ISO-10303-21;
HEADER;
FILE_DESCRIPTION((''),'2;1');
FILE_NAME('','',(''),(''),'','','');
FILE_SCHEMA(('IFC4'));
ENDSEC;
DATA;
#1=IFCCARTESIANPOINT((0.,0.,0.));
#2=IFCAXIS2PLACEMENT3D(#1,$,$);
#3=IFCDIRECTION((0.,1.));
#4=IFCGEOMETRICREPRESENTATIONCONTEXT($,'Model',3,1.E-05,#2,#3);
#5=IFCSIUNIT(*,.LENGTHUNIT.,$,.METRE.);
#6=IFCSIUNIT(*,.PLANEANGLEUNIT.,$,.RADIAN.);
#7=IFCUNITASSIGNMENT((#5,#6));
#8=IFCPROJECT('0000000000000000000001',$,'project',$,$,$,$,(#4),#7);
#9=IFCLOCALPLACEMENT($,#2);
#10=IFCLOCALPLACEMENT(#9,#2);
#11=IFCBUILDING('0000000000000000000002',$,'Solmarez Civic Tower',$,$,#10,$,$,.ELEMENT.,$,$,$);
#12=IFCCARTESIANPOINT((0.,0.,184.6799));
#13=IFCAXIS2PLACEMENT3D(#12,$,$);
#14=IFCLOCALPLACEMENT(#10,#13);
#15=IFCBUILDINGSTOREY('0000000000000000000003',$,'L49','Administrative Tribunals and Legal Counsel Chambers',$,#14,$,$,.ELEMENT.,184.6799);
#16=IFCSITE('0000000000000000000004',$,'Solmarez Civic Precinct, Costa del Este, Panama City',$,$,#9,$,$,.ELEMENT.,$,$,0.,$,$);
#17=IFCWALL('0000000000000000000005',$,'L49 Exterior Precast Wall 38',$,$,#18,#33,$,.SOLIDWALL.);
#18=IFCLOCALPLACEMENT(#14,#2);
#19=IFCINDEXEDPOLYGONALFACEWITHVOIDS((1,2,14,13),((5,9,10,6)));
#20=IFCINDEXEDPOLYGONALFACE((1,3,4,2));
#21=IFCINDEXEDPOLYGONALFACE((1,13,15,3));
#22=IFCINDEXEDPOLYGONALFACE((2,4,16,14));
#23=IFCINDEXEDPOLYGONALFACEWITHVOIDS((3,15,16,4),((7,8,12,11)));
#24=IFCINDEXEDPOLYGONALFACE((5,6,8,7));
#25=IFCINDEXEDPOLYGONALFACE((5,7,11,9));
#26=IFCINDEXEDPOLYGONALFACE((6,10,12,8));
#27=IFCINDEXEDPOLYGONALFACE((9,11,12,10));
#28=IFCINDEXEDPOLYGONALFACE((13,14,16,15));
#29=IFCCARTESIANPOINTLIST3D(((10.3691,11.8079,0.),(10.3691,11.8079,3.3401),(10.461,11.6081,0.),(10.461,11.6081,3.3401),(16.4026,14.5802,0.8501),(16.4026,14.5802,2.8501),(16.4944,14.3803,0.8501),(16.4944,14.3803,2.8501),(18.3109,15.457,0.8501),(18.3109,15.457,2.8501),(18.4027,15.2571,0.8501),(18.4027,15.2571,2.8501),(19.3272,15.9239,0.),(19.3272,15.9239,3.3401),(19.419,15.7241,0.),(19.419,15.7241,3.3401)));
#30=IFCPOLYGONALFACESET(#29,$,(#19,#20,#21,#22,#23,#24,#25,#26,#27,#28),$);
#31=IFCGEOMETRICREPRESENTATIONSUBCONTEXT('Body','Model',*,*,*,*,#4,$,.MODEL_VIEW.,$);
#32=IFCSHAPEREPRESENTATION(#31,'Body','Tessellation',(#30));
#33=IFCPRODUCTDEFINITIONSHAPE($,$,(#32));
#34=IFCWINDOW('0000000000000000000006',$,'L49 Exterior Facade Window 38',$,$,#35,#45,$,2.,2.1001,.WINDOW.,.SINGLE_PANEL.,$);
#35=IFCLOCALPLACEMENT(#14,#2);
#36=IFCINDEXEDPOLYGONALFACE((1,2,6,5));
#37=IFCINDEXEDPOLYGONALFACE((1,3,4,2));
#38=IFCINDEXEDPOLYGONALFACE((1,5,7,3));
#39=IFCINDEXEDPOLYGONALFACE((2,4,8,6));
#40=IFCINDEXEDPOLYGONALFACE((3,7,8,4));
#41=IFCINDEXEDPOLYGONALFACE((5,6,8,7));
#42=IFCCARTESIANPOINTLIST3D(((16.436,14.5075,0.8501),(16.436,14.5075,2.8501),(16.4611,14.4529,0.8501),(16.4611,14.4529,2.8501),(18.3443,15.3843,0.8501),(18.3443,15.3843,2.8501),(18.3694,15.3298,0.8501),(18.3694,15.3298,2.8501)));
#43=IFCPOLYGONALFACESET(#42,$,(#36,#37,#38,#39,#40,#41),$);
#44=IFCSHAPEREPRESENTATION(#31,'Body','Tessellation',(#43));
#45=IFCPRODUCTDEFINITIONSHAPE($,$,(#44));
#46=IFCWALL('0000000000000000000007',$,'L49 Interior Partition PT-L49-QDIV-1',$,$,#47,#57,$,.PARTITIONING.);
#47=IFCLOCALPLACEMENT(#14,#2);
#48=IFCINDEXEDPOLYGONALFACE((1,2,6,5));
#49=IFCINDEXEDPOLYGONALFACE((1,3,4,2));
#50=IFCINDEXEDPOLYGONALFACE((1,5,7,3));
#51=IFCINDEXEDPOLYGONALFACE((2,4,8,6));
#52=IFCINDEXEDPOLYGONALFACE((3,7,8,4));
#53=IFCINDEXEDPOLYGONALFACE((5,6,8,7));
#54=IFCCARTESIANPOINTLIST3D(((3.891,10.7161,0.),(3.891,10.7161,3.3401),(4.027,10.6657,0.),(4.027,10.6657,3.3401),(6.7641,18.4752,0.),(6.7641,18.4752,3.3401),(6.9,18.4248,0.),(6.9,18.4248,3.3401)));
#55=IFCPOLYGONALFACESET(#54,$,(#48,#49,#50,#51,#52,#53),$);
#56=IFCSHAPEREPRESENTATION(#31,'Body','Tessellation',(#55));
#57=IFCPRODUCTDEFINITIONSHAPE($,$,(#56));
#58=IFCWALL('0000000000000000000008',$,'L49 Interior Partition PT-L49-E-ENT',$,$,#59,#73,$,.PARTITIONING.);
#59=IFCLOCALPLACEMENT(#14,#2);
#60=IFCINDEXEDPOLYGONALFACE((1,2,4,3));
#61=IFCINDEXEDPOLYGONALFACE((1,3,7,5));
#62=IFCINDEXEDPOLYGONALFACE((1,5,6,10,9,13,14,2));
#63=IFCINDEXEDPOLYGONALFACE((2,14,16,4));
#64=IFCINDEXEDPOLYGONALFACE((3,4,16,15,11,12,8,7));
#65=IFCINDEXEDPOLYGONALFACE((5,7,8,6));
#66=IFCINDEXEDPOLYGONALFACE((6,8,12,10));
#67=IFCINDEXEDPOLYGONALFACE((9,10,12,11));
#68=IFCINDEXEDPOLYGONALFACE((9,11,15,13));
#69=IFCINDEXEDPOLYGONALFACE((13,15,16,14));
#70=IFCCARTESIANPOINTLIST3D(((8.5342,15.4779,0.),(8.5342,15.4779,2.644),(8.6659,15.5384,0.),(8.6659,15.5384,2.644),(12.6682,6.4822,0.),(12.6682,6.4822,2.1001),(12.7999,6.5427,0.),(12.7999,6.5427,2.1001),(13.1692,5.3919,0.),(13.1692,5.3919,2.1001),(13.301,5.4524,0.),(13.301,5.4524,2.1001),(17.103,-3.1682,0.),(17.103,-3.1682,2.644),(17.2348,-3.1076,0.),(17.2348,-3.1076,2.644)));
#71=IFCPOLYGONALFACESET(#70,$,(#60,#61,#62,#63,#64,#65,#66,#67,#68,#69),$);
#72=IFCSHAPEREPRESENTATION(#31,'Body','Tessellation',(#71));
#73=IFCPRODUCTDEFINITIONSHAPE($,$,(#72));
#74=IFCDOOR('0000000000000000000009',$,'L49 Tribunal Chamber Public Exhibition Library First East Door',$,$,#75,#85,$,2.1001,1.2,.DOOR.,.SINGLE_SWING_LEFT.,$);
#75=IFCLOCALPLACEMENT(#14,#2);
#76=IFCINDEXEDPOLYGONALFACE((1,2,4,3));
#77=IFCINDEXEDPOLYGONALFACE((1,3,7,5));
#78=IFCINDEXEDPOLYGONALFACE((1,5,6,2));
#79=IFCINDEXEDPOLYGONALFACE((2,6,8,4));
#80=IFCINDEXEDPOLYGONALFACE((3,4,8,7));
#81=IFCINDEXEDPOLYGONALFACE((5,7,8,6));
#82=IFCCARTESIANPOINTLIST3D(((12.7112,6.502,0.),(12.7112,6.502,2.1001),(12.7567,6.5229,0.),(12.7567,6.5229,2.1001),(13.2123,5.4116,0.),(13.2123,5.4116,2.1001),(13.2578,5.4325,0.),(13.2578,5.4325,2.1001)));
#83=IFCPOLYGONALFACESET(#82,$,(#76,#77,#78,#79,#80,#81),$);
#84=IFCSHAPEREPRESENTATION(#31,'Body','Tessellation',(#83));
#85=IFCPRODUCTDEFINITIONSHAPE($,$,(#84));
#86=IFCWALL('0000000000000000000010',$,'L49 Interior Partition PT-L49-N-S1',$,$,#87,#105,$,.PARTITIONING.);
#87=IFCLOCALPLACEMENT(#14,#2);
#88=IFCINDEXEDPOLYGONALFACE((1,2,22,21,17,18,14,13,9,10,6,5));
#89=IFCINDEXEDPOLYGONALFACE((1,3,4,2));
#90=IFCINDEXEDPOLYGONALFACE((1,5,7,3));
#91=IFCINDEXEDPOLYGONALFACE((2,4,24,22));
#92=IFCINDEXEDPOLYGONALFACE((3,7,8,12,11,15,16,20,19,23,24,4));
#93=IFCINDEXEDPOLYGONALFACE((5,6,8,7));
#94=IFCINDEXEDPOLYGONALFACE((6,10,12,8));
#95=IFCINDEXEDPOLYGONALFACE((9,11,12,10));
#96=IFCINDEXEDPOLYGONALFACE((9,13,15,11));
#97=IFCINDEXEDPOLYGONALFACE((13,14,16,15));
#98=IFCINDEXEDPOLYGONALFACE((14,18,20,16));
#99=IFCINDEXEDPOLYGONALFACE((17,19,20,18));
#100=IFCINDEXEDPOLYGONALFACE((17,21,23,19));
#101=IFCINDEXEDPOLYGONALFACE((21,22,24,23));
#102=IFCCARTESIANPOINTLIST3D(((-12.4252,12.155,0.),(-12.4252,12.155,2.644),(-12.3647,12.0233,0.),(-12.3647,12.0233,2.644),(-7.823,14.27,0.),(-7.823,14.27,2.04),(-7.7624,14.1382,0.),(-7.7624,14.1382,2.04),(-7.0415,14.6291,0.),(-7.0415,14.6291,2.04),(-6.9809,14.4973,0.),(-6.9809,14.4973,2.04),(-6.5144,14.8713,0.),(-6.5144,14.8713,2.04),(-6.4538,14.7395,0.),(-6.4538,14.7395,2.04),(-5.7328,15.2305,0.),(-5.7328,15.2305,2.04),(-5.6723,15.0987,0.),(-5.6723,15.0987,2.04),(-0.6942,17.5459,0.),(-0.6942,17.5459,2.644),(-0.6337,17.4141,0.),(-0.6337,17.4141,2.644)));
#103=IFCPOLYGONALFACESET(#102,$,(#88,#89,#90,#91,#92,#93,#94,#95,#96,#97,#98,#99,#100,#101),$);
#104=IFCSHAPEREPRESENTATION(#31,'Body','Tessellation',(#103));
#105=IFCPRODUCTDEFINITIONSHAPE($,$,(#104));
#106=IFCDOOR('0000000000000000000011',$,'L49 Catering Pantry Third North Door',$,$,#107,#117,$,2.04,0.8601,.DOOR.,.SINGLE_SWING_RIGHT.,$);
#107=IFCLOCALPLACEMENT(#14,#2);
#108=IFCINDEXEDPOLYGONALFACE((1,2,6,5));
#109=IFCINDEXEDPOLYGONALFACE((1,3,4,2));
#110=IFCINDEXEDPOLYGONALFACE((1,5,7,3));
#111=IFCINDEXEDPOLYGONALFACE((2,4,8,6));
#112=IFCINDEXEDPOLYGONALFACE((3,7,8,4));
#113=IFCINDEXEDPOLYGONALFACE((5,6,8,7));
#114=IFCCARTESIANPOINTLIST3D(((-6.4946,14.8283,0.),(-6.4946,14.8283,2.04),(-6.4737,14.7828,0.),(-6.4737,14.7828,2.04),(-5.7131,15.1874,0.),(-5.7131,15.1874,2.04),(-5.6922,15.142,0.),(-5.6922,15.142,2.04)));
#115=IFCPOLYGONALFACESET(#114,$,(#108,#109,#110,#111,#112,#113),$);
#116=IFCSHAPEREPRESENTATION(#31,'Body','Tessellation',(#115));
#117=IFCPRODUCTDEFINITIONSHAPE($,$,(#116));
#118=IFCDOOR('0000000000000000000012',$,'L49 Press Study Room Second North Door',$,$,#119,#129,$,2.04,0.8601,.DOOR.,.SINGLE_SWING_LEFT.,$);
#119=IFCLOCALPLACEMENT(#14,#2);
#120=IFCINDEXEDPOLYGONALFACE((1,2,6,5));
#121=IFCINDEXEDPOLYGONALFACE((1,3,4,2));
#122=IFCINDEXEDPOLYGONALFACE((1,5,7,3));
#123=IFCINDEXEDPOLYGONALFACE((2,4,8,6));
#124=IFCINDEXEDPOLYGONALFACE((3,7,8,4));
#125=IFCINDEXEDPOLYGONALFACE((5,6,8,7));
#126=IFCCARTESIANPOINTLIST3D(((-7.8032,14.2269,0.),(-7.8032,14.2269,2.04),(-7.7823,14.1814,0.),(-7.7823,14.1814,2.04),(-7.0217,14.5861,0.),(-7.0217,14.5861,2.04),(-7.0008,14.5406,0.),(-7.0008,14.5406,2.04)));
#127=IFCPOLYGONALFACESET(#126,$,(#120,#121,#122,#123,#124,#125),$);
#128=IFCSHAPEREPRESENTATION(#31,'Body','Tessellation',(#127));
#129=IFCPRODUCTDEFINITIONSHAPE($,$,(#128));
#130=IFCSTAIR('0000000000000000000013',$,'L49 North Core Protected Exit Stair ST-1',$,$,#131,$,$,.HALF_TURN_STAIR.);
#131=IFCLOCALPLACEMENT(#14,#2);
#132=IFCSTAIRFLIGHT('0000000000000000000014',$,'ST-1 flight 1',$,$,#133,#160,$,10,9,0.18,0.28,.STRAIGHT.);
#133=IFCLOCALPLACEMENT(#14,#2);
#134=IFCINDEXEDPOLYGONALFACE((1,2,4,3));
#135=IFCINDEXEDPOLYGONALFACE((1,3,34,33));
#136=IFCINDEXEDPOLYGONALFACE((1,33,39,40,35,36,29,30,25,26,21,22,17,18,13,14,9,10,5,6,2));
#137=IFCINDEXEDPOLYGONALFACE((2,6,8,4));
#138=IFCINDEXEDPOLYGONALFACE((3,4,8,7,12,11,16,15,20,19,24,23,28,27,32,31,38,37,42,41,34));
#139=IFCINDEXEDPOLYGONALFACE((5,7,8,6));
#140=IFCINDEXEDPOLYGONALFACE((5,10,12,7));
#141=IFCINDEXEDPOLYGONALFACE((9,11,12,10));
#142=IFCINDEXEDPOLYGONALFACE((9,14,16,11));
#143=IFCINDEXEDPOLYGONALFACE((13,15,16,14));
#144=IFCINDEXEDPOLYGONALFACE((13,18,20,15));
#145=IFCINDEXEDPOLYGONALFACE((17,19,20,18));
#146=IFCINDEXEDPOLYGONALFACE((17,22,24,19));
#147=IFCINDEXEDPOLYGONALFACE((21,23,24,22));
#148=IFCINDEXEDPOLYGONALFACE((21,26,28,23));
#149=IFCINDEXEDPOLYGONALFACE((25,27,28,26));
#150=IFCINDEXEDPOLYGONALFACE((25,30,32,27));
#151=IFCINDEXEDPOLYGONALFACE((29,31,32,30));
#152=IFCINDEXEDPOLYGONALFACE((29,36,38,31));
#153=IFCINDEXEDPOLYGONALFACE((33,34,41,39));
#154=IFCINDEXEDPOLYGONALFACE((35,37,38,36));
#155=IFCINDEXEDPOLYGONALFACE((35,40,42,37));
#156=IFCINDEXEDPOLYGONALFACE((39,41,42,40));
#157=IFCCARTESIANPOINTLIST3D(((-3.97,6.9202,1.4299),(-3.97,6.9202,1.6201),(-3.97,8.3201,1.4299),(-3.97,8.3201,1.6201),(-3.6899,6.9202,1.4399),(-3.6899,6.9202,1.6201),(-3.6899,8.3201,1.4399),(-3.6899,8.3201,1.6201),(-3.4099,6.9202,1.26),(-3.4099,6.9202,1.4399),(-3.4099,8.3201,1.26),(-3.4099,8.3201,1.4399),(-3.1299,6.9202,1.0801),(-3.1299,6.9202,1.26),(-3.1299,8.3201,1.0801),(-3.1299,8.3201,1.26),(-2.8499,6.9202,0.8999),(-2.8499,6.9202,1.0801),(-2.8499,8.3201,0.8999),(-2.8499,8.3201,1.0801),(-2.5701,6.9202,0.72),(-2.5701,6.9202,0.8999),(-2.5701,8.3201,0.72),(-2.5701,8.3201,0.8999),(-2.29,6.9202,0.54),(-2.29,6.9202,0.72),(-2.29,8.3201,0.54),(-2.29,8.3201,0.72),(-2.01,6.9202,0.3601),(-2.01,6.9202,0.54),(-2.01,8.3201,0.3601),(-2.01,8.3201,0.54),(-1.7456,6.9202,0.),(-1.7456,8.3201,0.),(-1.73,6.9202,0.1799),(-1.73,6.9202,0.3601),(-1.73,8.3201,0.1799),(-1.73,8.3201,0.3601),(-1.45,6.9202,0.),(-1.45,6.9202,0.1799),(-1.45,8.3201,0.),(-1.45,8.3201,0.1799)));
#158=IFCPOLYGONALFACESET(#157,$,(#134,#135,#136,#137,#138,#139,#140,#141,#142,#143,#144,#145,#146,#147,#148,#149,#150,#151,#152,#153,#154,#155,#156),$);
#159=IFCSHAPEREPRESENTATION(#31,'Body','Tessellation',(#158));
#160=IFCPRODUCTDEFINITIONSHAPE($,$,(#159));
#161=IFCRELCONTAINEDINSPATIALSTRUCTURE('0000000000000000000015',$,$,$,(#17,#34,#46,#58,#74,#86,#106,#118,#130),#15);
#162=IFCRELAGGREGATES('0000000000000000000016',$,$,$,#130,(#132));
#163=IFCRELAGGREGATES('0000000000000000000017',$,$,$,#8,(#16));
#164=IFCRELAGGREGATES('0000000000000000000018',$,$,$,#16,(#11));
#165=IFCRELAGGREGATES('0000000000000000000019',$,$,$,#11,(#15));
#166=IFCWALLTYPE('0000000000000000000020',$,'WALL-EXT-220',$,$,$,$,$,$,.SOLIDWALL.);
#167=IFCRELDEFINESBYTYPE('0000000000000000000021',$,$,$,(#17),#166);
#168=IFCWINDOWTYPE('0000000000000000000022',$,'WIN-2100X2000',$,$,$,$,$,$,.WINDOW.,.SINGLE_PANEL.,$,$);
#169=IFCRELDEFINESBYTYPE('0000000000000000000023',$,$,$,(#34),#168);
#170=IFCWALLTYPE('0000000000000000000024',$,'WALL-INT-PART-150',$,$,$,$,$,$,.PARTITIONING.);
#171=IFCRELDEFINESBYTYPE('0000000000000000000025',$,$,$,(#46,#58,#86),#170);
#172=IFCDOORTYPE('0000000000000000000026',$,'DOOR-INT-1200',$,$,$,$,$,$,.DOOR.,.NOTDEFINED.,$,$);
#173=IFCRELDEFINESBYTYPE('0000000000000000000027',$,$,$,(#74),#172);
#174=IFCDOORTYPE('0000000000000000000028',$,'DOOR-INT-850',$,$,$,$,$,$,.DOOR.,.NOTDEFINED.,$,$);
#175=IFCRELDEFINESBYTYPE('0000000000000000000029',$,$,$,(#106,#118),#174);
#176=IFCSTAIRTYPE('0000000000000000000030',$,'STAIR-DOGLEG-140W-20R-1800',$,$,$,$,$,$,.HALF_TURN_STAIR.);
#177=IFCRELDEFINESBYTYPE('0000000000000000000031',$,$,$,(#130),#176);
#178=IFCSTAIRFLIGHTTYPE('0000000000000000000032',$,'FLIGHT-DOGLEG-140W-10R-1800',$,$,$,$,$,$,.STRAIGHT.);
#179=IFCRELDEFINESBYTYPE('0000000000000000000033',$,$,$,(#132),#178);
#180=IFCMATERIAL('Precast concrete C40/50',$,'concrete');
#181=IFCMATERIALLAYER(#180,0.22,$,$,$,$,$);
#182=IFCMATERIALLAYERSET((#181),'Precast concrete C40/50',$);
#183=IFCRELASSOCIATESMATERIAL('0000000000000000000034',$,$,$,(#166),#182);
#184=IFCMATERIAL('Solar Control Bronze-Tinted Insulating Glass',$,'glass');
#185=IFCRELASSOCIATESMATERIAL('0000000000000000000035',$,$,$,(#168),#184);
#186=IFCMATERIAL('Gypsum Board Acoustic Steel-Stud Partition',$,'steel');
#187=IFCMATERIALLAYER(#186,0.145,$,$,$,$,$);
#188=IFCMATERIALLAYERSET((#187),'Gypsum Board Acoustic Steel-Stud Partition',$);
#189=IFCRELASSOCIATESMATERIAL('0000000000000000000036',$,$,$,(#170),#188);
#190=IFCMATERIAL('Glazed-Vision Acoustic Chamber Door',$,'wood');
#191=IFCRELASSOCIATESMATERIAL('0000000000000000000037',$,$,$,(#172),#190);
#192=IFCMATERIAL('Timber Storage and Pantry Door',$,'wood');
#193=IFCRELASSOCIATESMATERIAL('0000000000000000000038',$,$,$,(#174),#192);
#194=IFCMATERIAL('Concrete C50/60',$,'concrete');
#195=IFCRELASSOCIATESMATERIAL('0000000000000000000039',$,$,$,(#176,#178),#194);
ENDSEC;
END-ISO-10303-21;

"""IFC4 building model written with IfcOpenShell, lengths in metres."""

from ifc_helpers import new_model, si_unit, direction, frame, frame_2d, origin, place, context, subcontext, project, spatial, polyline, rectangle, outline, extrude, material, layer, layer_set, type_object, element, fill, aggregate, save


model = new_model("IFC4")

# Units and contexts
model_context = context("Model", 3, precision=1e-05, world=origin(), true_north=direction((0.0, 1.0)))
body_context = subcontext(model_context, "Body", "Model", "MODEL_VIEW")
ifc_project = project(units=[si_unit("LENGTHUNIT", "METRE"), si_unit("PLANEANGLEUNIT", "RADIAN")], contexts=[model_context])

# Site, building, storey
site_placement = place(None, origin())
site = spatial("IfcSite", under=ifc_project, at=site_placement, Name="Solmarez Civic Precinct, Costa del Este, Panama City", CompositionType="ELEMENT", RefElevation=0.0)
building_placement = place(site_placement, origin())
building = spatial("IfcBuilding", under=site, at=building_placement, Name="Solmarez Civic Tower", CompositionType="ELEMENT")
storey_placement = place(building_placement, frame((0.0, 0.0, 184.6799)))
storey = spatial("IfcBuildingStorey", under=building, at=storey_placement, Name="L49", Description="Administrative Tribunals and Legal Counsel Chambers", CompositionType="ELEMENT", Elevation=184.6799)

# Shared definitions
ifc_material_1 = material(Name="Concrete C50/60", Category="concrete")

# Shared definitions
ifc_material_2 = material(Name="Precast concrete C40/50", Category="concrete")
ifc_layer_1 = layer(ifc_material_2, 0.22)
ifc_layer_set_1 = layer_set([ifc_layer_1], Name="Precast concrete C40/50")
wall_type_1 = type_object("IfcWallType", Name="WALL-EXT-220", PredefinedType="SOLIDWALL", material=ifc_layer_set_1)
ifc_material_3 = material(Name="Solar Control Bronze-Tinted Insulating Glass", Category="glass")

# Wall, opening, window
wall_1_placement = place(storey_placement, frame((10.415, 11.708, 0.0), z_axis=(0.0, 0.0, 1.0), x_axis=(0.908672, 0.417511, 0.0)))
wall_1 = element("IfcWall", 1, at=wall_1_placement, inside=storey, type_object=wall_type_1, Name="L49 Exterior Precast Wall 38", PredefinedType="SOLIDWALL", context=body_context, shape_type="SweptSolid", body=[
    extrude(rectangle(XDim=9.8584, YDim=0.22, at=frame_2d((4.9292, 0.0))), origin(), (0.0, 0.0, 1.0), 3.3401),
])
opening_1_placement = place(wall_1_placement, frame((6.6399, 0.0, 0.8501)))
opening_1 = element("IfcOpeningElement", 2, at=opening_1_placement, cuts=wall_1, PredefinedType="OPENING", context=body_context, shape_type="SweptSolid", body=[
    extrude(rectangle(XDim=2.1001, YDim=2.0, at=frame_2d((1.05, 1.0))), frame((0.0, 0.1199, 0.0), z_axis=(0.0, -1.0, 0.0), x_axis=(1.0, 0.0, 0.0)), (0.0, 0.0, 1.0), 0.24),
])
window_type_1 = type_object("IfcWindowType", Name="WIN-2100X2000", PartitioningType="SINGLE_PANEL", PredefinedType="WINDOW", material=ifc_material_3)
window_1_placement = place(opening_1_placement, origin())
window_1 = element("IfcWindow", 3, at=window_1_placement, inside=storey, type_object=window_type_1, Name="L49 Exterior Facade Window 38", OverallHeight=2.0, OverallWidth=2.1001, PartitioningType="SINGLE_PANEL", PredefinedType="WINDOW", context=body_context, shape_type="SweptSolid", body=[
    extrude(rectangle(XDim=2.1001, YDim=2.0, at=frame_2d((1.05, 1.0))), frame((0.0, 0.03, 0.0), z_axis=(0.0, -1.0, 0.0), x_axis=(1.0, 0.0, 0.0)), (0.0, 0.0, 1.0), 0.0601),
])
fill(opening_1, window_1)

# Wall
ifc_material_4 = material(Name="Gypsum Board Acoustic Steel-Stud Partition", Category="steel")
ifc_layer_2 = layer(ifc_material_4, 0.145)
ifc_layer_set_2 = layer_set([ifc_layer_2], Name="Gypsum Board Acoustic Steel-Stud Partition")
wall_type_2 = type_object("IfcWallType", Name="WALL-INT-PART-150", PredefinedType="PARTITIONING", material=ifc_layer_set_2)
wall_2_placement = place(storey_placement, frame((3.959, 10.6909, 0.0), z_axis=(0.0, 0.0, 1.0), x_axis=(0.347243, 0.937775, 0.0)))
element("IfcWall", 4, at=wall_2_placement, inside=storey, type_object=wall_type_2, Name="L49 Interior Partition PT-L49-QDIV-1", PredefinedType="PARTITIONING", context=body_context, shape_type="SweptSolid", body=[
    extrude(rectangle(XDim=8.2739, YDim=0.145, at=frame_2d((4.137, 0.0))), origin(), (0.0, 0.0, 1.0), 3.3401),
])

# Wall, opening, door
wall_3_placement = place(storey_placement, frame((8.6001, 15.5081, 0.0), z_axis=(0.0, 0.0, 1.0), x_axis=(0.417571, -0.908644, 0.0)))
wall_3 = element("IfcWall", 5, at=wall_3_placement, inside=storey, type_object=wall_type_2, Name="L49 Interior Partition PT-L49-E-ENT", PredefinedType="PARTITIONING", context=body_context, shape_type="SweptSolid", body=[
    extrude(rectangle(XDim=20.5208, YDim=0.145, at=frame_2d((10.2603, 0.0))), origin(), (0.0, 0.0, 1.0), 2.644),
])
opening_2_placement = place(wall_3_placement, frame((9.8999, 0.0, 0.0)))
opening_2 = element("IfcOpeningElement", 6, at=opening_2_placement, cuts=wall_3, PredefinedType="OPENING", context=body_context, shape_type="SweptSolid", body=[
    extrude(rectangle(XDim=1.2, YDim=2.1001, at=frame_2d((0.6001, 1.05))), frame((0.0, 0.0825, 0.0), z_axis=(0.0, -1.0, 0.0), x_axis=(1.0, 0.0, 0.0)), (0.0, 0.0, 1.0), 0.165),
])
ifc_material_5 = material(Name="Glazed-Vision Acoustic Chamber Door", Category="wood")
door_type_1 = type_object("IfcDoorType", Name="DOOR-INT-1200", OperationType="NOTDEFINED", PredefinedType="DOOR", material=ifc_material_5)
door_1_placement = place(opening_2_placement, origin())
door_1 = element("IfcDoor", 7, at=door_1_placement, inside=storey, type_object=door_type_1, Name="L49 Tribunal Chamber Public Exhibition Library First East Door", OperationType="SINGLE_SWING_LEFT", OverallHeight=2.1001, OverallWidth=1.2, PredefinedType="DOOR", context=body_context, shape_type="SweptSolid", body=[
    extrude(rectangle(XDim=1.2, YDim=2.1001, at=frame_2d((0.6001, 1.05))), frame((0.0, 0.0249, 0.0), z_axis=(0.0, -1.0, 0.0), x_axis=(1.0, 0.0, 0.0)), (0.0, 0.0, 1.0), 0.05),
])
fill(opening_2, door_1)

# Wall, openings, doors
wall_4_placement = place(storey_placement, frame((-0.6641, 17.48, 0.0), z_axis=(0.0, 0.0, 1.0), x_axis=(-0.908648, -0.417562, 0.0)))
wall_4 = element("IfcWall", 8, at=wall_4_placement, inside=storey, type_object=wall_type_2, Name="L49 Interior Partition PT-L49-N-S1", PredefinedType="PARTITIONING", context=body_context, shape_type="SweptSolid", body=[
    extrude(rectangle(XDim=12.9104, YDim=0.145, at=frame_2d((6.4551, 0.0))), origin(), (0.0, 0.0, 1.0), 2.644),
])
opening_3_placement = place(wall_4_placement, frame((5.5449, 0.0, 0.0)))
opening_3 = element("IfcOpeningElement", 9, at=opening_3_placement, cuts=wall_4, PredefinedType="OPENING", context=body_context, shape_type="SweptSolid", body=[
    extrude(rectangle(XDim=0.8601, YDim=2.04, at=frame_2d((0.4302, 1.02))), frame((0.0, 0.0825, 0.0), z_axis=(0.0, -1.0, 0.0), x_axis=(1.0, 0.0, 0.0)), (0.0, 0.0, 1.0), 0.165),
])
opening_4_placement = place(wall_4_placement, frame((6.9851, 0.0, 0.0)))
opening_4 = element("IfcOpeningElement", 10, at=opening_4_placement, cuts=wall_4, PredefinedType="OPENING", context=body_context, shape_type="SweptSolid", body=[
    extrude(rectangle(XDim=0.8601, YDim=2.04, at=frame_2d((0.4302, 1.02))), frame((0.0, 0.0825, 0.0), z_axis=(0.0, -1.0, 0.0), x_axis=(1.0, 0.0, 0.0)), (0.0, 0.0, 1.0), 0.165),
])
ifc_material_6 = material(Name="Timber Storage and Pantry Door", Category="wood")
door_type_2 = type_object("IfcDoorType", Name="DOOR-INT-850", OperationType="NOTDEFINED", PredefinedType="DOOR", material=ifc_material_6)
door_2_placement = place(opening_3_placement, origin())
door_2 = element("IfcDoor", 11, at=door_2_placement, inside=storey, type_object=door_type_2, Name="L49 Catering Pantry Third North Door", OperationType="SINGLE_SWING_RIGHT", OverallHeight=2.04, OverallWidth=0.8601, PredefinedType="DOOR", context=body_context, shape_type="SweptSolid", body=[
    extrude(rectangle(XDim=0.8601, YDim=2.04, at=frame_2d((0.4302, 1.02))), frame((0.0, 0.0249, 0.0), z_axis=(0.0, -1.0, 0.0), x_axis=(1.0, 0.0, 0.0)), (0.0, 0.0, 1.0), 0.05),
])
fill(opening_3, door_2)
door_3_placement = place(opening_4_placement, origin())
door_3 = element("IfcDoor", 12, at=door_3_placement, inside=storey, type_object=door_type_2, Name="L49 Press Study Room Second North Door", OperationType="SINGLE_SWING_LEFT", OverallHeight=2.04, OverallWidth=0.8601, PredefinedType="DOOR", context=body_context, shape_type="SweptSolid", body=[
    extrude(rectangle(XDim=0.8601, YDim=2.04, at=frame_2d((0.4302, 1.02))), frame((0.0, 0.0249, 0.0), z_axis=(0.0, -1.0, 0.0), x_axis=(1.0, 0.0, 0.0)), (0.0, 0.0, 1.0), 0.05),
])
fill(opening_4, door_3)

# Stair, stair flight
stair_type = type_object("IfcStairType", Name="STAIR-DOGLEG-140W-20R-1800", PredefinedType="HALF_TURN_STAIR", material=ifc_material_1)
stair_placement = place(storey_placement, origin())
stair = element("IfcStair", 13, at=stair_placement, inside=storey, type_object=stair_type, Name="L49 North Core Protected Exit Stair ST-1", PredefinedType="HALF_TURN_STAIR")
stair_flight_type = type_object("IfcStairFlightType", Name="FLIGHT-DOGLEG-140W-10R-1800", PredefinedType="STRAIGHT", material=ifc_material_1)
stair_flight_placement = place(storey_placement, frame((-1.45, 7.6201, 0.0), z_axis=(0.0, 0.0, 1.0), x_axis=(-1.0, 0.0, 0.0)))
stair_flight = element("IfcStairFlight", 14, at=stair_flight_placement, type_object=stair_flight_type, Name="ST-1 flight 1", NumberOfRisers=10, NumberOfTreads=9, PredefinedType="STRAIGHT", RiserHeight=0.18, TreadLength=0.28, context=body_context, shape_type="SweptSolid", body=[
    extrude(outline(polyline([(0.0, 0.0), (0.0, 0.1799), (0.28, 0.1799), (0.28, 0.3601), (0.5601, 0.3601), (0.5601, 0.54), (0.8401, 0.54), (0.8401, 0.72), (1.1201, 0.72), (1.1201, 0.8999), (1.3999, 0.8999), (1.3999, 1.0801), (1.6799, 1.0801), (1.6799, 1.26), (1.96, 1.26), (1.96, 1.4399), (2.24, 1.4399), (2.24, 1.6201), (2.52, 1.6201), (2.52, 1.8), (2.52, 1.4299), (0.2957, 0.0), (0.0, 0.0)])), frame((0.0, 0.7, 0.0), z_axis=(0.0, -1.0, 0.0), x_axis=(1.0, 0.0, 0.0)), (0.0, 0.0, 1.0), 1.3999),
])
aggregate(stair, [stair_flight])

save(model, "model.ifc")
